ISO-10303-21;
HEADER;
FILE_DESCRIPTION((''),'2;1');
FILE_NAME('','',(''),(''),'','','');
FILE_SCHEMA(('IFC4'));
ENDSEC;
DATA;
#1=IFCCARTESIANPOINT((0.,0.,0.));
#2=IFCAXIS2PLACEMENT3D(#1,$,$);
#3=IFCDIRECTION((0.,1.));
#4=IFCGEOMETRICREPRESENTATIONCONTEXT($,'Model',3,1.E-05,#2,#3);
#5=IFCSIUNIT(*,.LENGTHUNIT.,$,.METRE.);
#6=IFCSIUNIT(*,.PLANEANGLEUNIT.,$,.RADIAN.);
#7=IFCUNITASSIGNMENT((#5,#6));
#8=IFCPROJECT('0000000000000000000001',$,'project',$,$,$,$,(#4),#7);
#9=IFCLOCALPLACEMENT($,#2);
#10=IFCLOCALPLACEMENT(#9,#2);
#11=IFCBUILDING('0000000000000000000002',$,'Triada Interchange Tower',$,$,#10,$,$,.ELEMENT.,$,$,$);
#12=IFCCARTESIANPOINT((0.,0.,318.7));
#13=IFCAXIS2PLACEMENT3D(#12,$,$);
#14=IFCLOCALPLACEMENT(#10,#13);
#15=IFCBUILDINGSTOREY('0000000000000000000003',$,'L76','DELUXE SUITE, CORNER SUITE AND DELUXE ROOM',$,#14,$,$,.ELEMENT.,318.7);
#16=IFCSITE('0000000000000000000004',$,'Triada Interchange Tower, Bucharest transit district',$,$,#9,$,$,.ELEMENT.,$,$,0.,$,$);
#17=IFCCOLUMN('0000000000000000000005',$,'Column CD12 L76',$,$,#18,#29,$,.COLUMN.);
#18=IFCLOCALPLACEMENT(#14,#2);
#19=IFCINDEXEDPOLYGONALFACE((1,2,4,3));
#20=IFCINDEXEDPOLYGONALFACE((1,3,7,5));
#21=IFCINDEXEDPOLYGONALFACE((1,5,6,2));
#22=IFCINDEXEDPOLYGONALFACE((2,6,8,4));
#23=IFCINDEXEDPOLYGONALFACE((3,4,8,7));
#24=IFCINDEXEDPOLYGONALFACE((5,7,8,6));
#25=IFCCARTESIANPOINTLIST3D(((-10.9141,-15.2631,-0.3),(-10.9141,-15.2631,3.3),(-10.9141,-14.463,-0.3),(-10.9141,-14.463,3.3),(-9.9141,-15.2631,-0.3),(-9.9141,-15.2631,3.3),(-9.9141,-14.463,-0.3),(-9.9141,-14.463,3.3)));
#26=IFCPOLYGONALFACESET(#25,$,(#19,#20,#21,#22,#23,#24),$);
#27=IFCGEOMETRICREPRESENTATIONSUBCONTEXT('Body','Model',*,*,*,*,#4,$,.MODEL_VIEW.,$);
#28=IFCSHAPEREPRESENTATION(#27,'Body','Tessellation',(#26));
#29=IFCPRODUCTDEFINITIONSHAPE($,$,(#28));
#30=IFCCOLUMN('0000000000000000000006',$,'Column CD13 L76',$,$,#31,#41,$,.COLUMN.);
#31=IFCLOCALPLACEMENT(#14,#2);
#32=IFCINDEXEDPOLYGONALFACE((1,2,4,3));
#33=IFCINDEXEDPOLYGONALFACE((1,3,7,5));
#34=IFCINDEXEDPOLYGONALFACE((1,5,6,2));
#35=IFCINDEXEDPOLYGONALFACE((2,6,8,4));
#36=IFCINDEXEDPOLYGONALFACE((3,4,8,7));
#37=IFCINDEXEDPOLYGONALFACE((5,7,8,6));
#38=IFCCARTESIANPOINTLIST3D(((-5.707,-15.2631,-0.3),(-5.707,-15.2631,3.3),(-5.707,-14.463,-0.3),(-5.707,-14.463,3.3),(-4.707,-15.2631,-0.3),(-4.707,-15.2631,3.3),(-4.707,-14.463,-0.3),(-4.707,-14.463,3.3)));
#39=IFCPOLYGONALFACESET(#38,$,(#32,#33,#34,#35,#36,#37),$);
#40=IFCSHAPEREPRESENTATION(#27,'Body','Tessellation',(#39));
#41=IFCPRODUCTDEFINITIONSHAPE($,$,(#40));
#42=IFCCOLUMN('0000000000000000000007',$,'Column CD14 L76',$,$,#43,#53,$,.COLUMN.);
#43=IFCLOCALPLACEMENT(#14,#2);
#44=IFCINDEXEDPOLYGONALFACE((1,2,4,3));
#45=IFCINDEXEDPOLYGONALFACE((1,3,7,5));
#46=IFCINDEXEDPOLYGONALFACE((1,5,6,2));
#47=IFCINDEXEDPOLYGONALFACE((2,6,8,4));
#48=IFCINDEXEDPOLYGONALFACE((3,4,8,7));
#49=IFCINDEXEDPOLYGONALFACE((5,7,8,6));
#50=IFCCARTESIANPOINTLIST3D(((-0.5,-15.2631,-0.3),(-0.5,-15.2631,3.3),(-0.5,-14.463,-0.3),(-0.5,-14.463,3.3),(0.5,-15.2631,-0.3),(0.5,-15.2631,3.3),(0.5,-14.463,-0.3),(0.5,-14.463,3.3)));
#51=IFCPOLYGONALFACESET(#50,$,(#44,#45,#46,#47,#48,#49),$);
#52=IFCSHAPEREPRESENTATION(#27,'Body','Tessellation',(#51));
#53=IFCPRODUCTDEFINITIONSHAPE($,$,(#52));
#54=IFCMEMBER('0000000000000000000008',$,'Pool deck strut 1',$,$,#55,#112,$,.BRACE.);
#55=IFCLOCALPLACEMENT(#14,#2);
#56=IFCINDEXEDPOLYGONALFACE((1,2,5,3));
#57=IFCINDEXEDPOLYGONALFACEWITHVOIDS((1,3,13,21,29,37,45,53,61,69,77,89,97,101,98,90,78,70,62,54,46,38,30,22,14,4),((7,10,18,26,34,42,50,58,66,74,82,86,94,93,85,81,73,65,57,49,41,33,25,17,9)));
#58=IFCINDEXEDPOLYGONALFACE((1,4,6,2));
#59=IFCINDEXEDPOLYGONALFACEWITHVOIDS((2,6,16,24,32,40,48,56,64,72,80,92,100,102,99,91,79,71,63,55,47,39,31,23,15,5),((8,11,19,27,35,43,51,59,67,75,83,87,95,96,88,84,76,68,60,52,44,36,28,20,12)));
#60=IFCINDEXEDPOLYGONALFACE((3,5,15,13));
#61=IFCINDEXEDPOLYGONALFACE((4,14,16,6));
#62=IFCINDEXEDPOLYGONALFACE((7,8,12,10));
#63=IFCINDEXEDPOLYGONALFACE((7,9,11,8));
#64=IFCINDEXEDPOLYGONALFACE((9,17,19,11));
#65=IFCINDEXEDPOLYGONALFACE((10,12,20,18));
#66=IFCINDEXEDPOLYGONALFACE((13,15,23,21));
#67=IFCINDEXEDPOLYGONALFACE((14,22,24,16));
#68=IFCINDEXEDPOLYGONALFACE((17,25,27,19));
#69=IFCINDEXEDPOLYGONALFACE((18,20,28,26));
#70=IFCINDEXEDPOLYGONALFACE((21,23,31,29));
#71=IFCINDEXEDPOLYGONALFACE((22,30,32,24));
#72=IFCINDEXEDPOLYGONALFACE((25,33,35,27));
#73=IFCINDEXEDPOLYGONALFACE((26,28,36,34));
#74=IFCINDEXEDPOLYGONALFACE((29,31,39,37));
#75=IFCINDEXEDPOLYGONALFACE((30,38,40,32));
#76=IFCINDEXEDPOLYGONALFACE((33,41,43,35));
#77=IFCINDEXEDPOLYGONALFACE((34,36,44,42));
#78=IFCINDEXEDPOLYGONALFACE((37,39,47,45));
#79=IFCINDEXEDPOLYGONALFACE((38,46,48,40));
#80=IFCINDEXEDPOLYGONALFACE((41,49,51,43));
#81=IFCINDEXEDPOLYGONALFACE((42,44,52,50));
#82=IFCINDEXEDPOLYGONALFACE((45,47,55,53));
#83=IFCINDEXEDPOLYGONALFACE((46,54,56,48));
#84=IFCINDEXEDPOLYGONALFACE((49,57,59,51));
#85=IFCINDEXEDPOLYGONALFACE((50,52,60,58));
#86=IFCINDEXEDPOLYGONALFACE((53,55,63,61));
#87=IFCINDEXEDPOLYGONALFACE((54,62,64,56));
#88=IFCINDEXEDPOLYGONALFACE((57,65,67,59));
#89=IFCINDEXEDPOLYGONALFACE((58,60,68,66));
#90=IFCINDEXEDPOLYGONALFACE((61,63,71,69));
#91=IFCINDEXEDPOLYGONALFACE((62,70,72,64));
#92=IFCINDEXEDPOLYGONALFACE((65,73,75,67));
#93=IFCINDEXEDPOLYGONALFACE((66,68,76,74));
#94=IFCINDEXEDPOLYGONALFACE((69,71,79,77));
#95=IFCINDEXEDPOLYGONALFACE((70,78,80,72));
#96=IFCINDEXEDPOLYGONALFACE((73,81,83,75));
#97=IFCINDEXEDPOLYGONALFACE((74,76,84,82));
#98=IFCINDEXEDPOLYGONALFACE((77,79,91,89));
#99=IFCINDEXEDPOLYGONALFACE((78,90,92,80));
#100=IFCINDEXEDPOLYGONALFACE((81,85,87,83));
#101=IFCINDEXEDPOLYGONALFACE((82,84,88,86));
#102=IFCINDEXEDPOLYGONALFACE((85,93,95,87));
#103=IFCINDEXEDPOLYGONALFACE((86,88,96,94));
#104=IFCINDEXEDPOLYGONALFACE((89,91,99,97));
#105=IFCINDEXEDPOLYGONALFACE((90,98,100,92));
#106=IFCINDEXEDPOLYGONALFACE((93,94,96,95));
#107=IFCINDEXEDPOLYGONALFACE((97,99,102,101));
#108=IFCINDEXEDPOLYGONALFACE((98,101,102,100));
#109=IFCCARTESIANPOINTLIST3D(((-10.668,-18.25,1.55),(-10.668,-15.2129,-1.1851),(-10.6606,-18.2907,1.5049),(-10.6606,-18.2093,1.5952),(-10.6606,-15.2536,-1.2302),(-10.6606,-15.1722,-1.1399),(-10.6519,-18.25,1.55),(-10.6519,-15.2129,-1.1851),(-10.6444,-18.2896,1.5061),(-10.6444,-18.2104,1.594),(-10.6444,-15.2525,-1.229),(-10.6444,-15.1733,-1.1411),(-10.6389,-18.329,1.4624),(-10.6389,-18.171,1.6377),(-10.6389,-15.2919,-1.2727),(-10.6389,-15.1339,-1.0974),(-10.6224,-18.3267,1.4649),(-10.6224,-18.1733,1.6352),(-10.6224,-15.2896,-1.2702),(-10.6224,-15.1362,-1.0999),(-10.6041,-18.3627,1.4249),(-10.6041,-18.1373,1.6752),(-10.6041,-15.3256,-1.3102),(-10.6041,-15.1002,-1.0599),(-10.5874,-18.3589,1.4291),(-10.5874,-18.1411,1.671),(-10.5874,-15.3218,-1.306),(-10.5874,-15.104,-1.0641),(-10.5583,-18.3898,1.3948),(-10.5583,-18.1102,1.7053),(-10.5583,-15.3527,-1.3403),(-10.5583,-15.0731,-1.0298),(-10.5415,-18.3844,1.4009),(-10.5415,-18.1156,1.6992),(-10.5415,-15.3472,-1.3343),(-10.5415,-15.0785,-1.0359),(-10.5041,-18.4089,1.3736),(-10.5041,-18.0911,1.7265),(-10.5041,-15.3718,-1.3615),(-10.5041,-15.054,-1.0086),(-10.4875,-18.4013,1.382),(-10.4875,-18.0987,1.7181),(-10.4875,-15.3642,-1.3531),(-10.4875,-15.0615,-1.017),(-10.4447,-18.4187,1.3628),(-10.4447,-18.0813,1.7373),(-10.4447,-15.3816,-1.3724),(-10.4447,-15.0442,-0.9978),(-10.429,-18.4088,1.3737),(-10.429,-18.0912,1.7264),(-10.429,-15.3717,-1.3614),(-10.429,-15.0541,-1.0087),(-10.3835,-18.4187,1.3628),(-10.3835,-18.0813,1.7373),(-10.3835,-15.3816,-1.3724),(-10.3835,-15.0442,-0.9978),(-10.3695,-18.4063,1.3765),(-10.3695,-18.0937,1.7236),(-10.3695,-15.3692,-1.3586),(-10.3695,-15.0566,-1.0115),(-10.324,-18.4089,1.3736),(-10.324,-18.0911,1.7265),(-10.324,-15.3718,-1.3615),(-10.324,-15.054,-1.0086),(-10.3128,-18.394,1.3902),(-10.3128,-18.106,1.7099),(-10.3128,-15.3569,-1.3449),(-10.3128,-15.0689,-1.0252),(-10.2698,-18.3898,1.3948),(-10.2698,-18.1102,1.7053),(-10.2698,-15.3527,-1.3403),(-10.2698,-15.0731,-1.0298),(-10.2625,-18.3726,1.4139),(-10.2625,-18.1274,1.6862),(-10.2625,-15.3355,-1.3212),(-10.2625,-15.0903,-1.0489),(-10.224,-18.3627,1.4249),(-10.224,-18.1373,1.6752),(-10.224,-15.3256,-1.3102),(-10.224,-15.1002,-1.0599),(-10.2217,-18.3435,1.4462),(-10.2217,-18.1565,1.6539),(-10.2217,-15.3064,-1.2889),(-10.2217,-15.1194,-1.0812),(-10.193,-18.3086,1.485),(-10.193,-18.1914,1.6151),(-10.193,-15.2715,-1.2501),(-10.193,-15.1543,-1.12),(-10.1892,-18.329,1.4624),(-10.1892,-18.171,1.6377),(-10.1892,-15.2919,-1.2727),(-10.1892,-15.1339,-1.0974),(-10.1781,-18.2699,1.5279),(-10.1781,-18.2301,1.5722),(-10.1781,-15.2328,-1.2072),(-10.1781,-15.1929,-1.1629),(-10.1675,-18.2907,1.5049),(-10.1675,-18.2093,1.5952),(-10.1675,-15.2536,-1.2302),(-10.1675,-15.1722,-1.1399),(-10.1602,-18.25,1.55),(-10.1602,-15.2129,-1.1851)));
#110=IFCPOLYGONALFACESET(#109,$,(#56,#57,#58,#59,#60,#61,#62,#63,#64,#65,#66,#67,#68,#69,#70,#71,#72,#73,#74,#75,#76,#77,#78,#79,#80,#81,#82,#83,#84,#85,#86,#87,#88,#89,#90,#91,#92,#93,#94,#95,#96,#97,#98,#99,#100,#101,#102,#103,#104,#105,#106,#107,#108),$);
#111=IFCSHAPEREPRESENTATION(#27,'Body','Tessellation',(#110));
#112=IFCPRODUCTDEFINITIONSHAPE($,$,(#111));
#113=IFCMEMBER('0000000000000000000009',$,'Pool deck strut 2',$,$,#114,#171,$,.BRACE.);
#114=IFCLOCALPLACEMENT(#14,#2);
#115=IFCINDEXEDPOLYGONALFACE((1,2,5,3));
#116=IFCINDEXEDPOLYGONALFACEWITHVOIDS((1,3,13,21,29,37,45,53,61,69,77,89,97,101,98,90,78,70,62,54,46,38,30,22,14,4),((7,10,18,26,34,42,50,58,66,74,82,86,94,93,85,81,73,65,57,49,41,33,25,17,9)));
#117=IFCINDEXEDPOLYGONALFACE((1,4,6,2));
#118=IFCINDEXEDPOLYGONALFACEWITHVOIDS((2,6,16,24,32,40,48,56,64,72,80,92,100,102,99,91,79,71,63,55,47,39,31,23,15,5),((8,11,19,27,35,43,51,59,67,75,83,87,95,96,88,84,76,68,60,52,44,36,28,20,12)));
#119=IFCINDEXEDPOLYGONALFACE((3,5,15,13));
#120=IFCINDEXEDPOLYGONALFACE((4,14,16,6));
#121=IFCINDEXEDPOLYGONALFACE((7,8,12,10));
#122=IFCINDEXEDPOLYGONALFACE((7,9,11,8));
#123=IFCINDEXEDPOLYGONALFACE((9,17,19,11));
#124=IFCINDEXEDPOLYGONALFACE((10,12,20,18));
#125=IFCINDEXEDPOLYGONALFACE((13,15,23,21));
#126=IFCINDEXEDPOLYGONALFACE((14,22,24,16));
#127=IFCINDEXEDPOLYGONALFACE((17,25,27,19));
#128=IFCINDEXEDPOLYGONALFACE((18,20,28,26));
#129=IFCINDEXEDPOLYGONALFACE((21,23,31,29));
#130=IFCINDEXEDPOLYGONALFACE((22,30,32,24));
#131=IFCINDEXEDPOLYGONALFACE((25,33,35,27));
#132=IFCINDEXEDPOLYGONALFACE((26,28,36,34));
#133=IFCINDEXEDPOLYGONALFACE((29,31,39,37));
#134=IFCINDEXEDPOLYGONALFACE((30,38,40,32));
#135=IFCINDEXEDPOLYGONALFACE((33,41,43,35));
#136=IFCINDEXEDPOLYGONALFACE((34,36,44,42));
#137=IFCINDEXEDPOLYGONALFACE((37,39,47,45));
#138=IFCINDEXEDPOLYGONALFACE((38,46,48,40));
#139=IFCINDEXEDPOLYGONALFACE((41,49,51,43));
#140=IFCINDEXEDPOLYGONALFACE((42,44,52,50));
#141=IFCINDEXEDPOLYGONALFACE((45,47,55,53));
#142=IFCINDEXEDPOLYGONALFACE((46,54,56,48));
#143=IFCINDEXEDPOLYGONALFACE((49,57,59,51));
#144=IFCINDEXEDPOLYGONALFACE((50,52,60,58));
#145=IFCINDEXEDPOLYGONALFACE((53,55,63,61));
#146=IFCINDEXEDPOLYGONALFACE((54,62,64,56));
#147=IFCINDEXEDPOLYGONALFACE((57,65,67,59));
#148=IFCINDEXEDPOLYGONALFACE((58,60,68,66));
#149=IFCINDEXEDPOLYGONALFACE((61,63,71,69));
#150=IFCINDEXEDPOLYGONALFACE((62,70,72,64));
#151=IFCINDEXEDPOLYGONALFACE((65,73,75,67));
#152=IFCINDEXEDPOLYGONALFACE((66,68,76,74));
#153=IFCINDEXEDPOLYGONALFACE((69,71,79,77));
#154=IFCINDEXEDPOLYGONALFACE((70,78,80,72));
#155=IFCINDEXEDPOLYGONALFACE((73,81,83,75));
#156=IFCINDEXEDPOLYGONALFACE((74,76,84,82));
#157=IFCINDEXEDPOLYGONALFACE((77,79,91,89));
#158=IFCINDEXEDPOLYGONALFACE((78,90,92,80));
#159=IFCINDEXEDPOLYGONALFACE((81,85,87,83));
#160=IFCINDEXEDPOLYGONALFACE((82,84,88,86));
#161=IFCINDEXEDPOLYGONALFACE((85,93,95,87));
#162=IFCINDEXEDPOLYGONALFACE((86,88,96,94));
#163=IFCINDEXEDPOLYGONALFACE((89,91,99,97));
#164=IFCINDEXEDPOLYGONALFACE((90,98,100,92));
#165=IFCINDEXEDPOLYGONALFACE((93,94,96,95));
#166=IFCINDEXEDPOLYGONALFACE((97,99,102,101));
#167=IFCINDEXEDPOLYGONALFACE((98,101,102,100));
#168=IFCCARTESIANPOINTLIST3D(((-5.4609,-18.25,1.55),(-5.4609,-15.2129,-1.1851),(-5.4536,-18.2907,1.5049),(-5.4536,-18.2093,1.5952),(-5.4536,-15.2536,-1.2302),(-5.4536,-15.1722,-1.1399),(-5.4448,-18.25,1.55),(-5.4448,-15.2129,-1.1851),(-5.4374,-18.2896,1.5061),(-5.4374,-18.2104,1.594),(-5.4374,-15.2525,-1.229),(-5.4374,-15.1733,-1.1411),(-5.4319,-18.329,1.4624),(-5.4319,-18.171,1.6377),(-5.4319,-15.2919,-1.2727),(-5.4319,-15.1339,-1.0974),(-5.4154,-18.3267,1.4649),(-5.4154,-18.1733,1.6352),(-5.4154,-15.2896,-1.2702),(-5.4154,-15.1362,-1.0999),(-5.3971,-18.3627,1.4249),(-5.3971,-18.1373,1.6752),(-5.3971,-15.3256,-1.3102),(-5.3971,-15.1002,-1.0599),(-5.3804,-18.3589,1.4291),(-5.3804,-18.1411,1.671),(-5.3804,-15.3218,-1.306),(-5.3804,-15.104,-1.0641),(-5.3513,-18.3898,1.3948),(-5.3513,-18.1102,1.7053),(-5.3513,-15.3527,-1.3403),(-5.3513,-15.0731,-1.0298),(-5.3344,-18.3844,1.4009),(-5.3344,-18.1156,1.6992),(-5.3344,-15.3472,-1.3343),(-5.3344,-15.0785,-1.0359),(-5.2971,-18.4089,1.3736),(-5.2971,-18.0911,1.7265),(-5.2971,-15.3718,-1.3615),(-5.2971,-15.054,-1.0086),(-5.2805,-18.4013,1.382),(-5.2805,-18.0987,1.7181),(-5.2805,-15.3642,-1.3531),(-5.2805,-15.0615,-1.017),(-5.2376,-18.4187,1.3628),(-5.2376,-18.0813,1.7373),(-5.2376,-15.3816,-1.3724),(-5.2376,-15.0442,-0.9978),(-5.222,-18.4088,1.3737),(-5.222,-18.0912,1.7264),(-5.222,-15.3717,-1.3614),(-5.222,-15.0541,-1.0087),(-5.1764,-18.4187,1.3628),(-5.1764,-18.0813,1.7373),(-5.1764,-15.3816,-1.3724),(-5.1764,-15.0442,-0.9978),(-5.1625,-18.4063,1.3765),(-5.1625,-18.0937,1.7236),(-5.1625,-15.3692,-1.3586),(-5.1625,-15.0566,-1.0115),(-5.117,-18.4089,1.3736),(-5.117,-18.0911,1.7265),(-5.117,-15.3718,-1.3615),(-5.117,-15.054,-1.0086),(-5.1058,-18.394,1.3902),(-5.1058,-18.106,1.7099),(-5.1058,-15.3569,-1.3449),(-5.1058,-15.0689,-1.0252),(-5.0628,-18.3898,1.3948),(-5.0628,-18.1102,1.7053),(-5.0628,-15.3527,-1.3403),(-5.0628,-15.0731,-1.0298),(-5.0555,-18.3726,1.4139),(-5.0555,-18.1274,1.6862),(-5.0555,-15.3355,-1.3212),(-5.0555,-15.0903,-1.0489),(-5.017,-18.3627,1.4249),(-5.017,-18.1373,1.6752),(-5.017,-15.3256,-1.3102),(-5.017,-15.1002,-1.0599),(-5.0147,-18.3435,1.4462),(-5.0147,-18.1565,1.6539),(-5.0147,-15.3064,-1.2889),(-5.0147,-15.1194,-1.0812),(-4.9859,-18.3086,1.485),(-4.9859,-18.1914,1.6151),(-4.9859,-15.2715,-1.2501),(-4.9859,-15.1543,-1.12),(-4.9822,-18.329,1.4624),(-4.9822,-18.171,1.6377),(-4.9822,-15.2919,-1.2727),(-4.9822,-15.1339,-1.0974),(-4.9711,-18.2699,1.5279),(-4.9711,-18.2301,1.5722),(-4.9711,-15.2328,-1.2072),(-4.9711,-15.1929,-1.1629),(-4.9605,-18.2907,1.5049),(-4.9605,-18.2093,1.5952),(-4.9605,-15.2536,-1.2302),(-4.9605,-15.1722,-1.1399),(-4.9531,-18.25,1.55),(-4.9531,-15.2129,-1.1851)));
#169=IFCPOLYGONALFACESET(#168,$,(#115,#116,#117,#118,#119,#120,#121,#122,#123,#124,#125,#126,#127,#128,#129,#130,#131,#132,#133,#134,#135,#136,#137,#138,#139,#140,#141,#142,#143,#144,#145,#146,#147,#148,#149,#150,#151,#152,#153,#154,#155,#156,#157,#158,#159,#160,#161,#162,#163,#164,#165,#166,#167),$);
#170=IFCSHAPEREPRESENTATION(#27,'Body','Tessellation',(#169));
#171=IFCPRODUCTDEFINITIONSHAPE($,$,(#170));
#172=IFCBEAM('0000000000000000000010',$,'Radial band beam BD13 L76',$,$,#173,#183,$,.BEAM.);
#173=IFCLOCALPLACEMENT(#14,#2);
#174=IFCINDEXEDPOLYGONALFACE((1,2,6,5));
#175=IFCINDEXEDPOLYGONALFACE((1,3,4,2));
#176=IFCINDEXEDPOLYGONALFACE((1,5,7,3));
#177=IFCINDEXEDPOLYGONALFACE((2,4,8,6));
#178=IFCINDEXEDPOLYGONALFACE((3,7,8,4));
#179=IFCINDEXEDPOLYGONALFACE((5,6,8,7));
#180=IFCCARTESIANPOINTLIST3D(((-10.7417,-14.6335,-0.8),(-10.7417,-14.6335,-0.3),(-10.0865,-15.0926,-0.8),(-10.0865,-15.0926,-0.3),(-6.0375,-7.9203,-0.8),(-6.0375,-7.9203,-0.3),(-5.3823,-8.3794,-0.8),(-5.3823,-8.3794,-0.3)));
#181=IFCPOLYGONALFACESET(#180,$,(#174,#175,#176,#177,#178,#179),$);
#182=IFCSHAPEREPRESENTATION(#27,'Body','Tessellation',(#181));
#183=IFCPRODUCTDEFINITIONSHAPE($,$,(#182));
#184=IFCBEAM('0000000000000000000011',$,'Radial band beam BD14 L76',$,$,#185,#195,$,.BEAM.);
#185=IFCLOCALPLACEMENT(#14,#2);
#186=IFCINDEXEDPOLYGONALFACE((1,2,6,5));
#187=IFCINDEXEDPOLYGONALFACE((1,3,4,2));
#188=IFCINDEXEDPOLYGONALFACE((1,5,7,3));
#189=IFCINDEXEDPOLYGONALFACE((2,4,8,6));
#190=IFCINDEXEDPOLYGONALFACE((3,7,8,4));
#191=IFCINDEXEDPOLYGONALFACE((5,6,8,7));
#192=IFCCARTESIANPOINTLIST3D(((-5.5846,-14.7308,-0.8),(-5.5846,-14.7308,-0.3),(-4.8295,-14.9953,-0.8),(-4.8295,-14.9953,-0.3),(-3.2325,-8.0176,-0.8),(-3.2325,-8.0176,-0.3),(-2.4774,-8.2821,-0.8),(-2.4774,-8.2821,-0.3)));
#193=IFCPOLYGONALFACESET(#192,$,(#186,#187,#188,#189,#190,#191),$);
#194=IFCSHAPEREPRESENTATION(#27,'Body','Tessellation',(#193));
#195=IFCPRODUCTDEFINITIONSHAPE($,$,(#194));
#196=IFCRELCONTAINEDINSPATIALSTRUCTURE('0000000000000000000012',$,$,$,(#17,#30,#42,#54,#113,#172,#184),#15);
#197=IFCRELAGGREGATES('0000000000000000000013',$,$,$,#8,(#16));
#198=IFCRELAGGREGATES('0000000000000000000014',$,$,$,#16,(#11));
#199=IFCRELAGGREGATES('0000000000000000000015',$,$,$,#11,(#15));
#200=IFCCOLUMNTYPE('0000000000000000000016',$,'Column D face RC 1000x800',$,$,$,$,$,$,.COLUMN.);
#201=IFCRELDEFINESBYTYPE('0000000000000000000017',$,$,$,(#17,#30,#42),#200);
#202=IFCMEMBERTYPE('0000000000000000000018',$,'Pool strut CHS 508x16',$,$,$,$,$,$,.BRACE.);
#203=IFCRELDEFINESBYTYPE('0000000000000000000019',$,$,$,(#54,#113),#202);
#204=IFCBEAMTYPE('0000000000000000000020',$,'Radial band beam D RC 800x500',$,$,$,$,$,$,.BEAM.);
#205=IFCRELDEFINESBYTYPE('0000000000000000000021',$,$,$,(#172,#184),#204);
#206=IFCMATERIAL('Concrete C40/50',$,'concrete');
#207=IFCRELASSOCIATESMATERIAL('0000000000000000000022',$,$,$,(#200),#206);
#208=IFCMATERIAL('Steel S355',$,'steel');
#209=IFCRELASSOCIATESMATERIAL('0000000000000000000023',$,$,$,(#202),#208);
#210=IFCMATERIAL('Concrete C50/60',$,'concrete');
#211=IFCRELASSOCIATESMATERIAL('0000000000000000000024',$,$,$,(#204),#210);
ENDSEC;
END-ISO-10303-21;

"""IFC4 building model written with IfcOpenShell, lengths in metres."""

from ifc_helpers import new_model, si_unit, direction, frame, origin, origin_2d, place, context, subcontext, project, spatial, rectangle, hollow_circle, extrude, material, material_profile, profile_set, type_object, element, save


model = new_model("IFC4")

# Units and contexts
model_context = context("Model", 3, precision=1e-05, world=origin(), true_north=direction((0.0, 1.0)))
body_context = subcontext(model_context, "Body", "Model", "MODEL_VIEW")
ifc_project = project(units=[si_unit("LENGTHUNIT", "METRE"), si_unit("PLANEANGLEUNIT", "RADIAN")], contexts=[model_context])

# Site, building, storey
site_placement = place(None, origin())
site = spatial("IfcSite", under=ifc_project, at=site_placement, Name="Triada Interchange Tower, Bucharest transit district", CompositionType="ELEMENT", RefElevation=0.0)
building_placement = place(site_placement, origin())
building = spatial("IfcBuilding", under=site, at=building_placement, Name="Triada Interchange Tower", CompositionType="ELEMENT")
storey_placement = place(building_placement, frame((0.0, 0.0, 318.7)))
storey = spatial("IfcBuildingStorey", under=building, at=storey_placement, Name="L76", Description="DELUXE SUITE, CORNER SUITE AND DELUXE ROOM", CompositionType="ELEMENT", Elevation=318.7)

# Columns
ifc_material_1 = material(Name="Concrete C40/50", Category="concrete")
ifc_material_profile_1 = material_profile(ifc_material_1, rectangle(XDim=1.0, YDim=0.8, at=origin_2d()), Name="RC 1000x800")
ifc_profile_set_1 = profile_set([ifc_material_profile_1], Name="Concrete C40/50")
column_type = type_object("IfcColumnType", Name="Column D face RC 1000x800", PredefinedType="COLUMN", material=ifc_profile_set_1)
for number, where, z_axis, x_axis, name in (
    (1, (-10.4141, -14.863, -0.3), (0.0, 0.0, 1.0), (1.0, 0.0, 0.0), "Column CD12 L76"),
    (2, (-5.207, -14.863, -0.3), (0.0, 0.0, 1.0), (1.0, 0.0, 0.0), "Column CD13 L76"),
    (3, (0.0, -14.863, -0.3), (0.0, 0.0, 1.0), (1.0, 0.0, 0.0), "Column CD14 L76"),
):
    element("IfcColumn", number, at=place(storey_placement, frame(where, z_axis=z_axis, x_axis=x_axis)), inside=storey, type_object=column_type, Name=name, PredefinedType="COLUMN", context=body_context, shape_type="SweptSolid", body=[
        extrude(rectangle(XDim=1.0, YDim=0.8, at=origin_2d()), origin(), (0.0, 0.0, 1.0), 3.6001),
    ])

# Members
ifc_material_2 = material(Name="Steel S355", Category="steel")
ifc_material_profile_2 = material_profile(ifc_material_2, hollow_circle(Radius=0.2539, WallThickness=0.0161, at=origin_2d()), Name="CHS 508x16")
ifc_profile_set_2 = profile_set([ifc_material_profile_2], Name="Steel S355")
member_type = type_object("IfcMemberType", Name="Pool strut CHS 508x16", PredefinedType="BRACE", material=ifc_profile_set_2)
for number, where, z_axis, x_axis, name in (
    (4, (-10.4141, -18.25, 1.55), (0.0, 0.743086, -0.669196), (-1.0, 0.0, 0.0), "Pool deck strut 1"),
    (5, (-5.207, -18.25, 1.55), (0.0, 0.743086, -0.669196), (-1.0, 0.0, 0.0), "Pool deck strut 2"),
):
    element("IfcMember", number, at=place(storey_placement, frame(where, z_axis=z_axis, x_axis=x_axis)), inside=storey, type_object=member_type, Name=name, PredefinedType="BRACE", context=body_context, shape_type="SweptSolid", body=[
        extrude(hollow_circle(Radius=0.2539, WallThickness=0.0161, at=origin_2d()), origin(), (0.0, 0.0, 1.0), 4.0872),
    ])

# Beams
ifc_material_3 = material(Name="Concrete C50/60", Category="concrete")
ifc_material_profile_3 = material_profile(ifc_material_3, rectangle(XDim=0.8, YDim=0.5, at=origin_2d()), Name="RC 800x500")
ifc_profile_set_3 = profile_set([ifc_material_profile_3], Name="Concrete C50/60")
beam_type_1 = type_object("IfcBeamType", Name="Radial band beam D RC 800x500", PredefinedType="BEAM", material=ifc_profile_set_3)
beam_1_placement = place(storey_placement, frame((-10.4141, -14.863, -0.55), z_axis=(0.573864, 0.818951, 0.0), x_axis=(-0.818951, 0.573864, 0.0)))
element("IfcBeam", 6, at=beam_1_placement, inside=storey, type_object=beam_type_1, Name="Radial band beam BD13 L76", PredefinedType="BEAM", context=body_context, shape_type="SweptSolid", body=[
    extrude(rectangle(XDim=0.8, YDim=0.5, at=origin_2d()), origin(), (0.0, 0.0, 1.0), 8.1973),
])
beam_2_placement = place(storey_placement, frame((-5.207, -14.863, -0.55), z_axis=(0.330658, 0.943751, 0.0), x_axis=(-0.943751, 0.330658, 0.0)))
element("IfcBeam", 7, at=beam_2_placement, inside=storey, type_object=beam_type_1, Name="Radial band beam BD14 L76", PredefinedType="BEAM", context=body_context, shape_type="SweptSolid", body=[
    extrude(rectangle(XDim=0.8, YDim=0.5, at=origin_2d()), origin(), (0.0, 0.0, 1.0), 7.1133),
])

save(model, "model.ifc")
